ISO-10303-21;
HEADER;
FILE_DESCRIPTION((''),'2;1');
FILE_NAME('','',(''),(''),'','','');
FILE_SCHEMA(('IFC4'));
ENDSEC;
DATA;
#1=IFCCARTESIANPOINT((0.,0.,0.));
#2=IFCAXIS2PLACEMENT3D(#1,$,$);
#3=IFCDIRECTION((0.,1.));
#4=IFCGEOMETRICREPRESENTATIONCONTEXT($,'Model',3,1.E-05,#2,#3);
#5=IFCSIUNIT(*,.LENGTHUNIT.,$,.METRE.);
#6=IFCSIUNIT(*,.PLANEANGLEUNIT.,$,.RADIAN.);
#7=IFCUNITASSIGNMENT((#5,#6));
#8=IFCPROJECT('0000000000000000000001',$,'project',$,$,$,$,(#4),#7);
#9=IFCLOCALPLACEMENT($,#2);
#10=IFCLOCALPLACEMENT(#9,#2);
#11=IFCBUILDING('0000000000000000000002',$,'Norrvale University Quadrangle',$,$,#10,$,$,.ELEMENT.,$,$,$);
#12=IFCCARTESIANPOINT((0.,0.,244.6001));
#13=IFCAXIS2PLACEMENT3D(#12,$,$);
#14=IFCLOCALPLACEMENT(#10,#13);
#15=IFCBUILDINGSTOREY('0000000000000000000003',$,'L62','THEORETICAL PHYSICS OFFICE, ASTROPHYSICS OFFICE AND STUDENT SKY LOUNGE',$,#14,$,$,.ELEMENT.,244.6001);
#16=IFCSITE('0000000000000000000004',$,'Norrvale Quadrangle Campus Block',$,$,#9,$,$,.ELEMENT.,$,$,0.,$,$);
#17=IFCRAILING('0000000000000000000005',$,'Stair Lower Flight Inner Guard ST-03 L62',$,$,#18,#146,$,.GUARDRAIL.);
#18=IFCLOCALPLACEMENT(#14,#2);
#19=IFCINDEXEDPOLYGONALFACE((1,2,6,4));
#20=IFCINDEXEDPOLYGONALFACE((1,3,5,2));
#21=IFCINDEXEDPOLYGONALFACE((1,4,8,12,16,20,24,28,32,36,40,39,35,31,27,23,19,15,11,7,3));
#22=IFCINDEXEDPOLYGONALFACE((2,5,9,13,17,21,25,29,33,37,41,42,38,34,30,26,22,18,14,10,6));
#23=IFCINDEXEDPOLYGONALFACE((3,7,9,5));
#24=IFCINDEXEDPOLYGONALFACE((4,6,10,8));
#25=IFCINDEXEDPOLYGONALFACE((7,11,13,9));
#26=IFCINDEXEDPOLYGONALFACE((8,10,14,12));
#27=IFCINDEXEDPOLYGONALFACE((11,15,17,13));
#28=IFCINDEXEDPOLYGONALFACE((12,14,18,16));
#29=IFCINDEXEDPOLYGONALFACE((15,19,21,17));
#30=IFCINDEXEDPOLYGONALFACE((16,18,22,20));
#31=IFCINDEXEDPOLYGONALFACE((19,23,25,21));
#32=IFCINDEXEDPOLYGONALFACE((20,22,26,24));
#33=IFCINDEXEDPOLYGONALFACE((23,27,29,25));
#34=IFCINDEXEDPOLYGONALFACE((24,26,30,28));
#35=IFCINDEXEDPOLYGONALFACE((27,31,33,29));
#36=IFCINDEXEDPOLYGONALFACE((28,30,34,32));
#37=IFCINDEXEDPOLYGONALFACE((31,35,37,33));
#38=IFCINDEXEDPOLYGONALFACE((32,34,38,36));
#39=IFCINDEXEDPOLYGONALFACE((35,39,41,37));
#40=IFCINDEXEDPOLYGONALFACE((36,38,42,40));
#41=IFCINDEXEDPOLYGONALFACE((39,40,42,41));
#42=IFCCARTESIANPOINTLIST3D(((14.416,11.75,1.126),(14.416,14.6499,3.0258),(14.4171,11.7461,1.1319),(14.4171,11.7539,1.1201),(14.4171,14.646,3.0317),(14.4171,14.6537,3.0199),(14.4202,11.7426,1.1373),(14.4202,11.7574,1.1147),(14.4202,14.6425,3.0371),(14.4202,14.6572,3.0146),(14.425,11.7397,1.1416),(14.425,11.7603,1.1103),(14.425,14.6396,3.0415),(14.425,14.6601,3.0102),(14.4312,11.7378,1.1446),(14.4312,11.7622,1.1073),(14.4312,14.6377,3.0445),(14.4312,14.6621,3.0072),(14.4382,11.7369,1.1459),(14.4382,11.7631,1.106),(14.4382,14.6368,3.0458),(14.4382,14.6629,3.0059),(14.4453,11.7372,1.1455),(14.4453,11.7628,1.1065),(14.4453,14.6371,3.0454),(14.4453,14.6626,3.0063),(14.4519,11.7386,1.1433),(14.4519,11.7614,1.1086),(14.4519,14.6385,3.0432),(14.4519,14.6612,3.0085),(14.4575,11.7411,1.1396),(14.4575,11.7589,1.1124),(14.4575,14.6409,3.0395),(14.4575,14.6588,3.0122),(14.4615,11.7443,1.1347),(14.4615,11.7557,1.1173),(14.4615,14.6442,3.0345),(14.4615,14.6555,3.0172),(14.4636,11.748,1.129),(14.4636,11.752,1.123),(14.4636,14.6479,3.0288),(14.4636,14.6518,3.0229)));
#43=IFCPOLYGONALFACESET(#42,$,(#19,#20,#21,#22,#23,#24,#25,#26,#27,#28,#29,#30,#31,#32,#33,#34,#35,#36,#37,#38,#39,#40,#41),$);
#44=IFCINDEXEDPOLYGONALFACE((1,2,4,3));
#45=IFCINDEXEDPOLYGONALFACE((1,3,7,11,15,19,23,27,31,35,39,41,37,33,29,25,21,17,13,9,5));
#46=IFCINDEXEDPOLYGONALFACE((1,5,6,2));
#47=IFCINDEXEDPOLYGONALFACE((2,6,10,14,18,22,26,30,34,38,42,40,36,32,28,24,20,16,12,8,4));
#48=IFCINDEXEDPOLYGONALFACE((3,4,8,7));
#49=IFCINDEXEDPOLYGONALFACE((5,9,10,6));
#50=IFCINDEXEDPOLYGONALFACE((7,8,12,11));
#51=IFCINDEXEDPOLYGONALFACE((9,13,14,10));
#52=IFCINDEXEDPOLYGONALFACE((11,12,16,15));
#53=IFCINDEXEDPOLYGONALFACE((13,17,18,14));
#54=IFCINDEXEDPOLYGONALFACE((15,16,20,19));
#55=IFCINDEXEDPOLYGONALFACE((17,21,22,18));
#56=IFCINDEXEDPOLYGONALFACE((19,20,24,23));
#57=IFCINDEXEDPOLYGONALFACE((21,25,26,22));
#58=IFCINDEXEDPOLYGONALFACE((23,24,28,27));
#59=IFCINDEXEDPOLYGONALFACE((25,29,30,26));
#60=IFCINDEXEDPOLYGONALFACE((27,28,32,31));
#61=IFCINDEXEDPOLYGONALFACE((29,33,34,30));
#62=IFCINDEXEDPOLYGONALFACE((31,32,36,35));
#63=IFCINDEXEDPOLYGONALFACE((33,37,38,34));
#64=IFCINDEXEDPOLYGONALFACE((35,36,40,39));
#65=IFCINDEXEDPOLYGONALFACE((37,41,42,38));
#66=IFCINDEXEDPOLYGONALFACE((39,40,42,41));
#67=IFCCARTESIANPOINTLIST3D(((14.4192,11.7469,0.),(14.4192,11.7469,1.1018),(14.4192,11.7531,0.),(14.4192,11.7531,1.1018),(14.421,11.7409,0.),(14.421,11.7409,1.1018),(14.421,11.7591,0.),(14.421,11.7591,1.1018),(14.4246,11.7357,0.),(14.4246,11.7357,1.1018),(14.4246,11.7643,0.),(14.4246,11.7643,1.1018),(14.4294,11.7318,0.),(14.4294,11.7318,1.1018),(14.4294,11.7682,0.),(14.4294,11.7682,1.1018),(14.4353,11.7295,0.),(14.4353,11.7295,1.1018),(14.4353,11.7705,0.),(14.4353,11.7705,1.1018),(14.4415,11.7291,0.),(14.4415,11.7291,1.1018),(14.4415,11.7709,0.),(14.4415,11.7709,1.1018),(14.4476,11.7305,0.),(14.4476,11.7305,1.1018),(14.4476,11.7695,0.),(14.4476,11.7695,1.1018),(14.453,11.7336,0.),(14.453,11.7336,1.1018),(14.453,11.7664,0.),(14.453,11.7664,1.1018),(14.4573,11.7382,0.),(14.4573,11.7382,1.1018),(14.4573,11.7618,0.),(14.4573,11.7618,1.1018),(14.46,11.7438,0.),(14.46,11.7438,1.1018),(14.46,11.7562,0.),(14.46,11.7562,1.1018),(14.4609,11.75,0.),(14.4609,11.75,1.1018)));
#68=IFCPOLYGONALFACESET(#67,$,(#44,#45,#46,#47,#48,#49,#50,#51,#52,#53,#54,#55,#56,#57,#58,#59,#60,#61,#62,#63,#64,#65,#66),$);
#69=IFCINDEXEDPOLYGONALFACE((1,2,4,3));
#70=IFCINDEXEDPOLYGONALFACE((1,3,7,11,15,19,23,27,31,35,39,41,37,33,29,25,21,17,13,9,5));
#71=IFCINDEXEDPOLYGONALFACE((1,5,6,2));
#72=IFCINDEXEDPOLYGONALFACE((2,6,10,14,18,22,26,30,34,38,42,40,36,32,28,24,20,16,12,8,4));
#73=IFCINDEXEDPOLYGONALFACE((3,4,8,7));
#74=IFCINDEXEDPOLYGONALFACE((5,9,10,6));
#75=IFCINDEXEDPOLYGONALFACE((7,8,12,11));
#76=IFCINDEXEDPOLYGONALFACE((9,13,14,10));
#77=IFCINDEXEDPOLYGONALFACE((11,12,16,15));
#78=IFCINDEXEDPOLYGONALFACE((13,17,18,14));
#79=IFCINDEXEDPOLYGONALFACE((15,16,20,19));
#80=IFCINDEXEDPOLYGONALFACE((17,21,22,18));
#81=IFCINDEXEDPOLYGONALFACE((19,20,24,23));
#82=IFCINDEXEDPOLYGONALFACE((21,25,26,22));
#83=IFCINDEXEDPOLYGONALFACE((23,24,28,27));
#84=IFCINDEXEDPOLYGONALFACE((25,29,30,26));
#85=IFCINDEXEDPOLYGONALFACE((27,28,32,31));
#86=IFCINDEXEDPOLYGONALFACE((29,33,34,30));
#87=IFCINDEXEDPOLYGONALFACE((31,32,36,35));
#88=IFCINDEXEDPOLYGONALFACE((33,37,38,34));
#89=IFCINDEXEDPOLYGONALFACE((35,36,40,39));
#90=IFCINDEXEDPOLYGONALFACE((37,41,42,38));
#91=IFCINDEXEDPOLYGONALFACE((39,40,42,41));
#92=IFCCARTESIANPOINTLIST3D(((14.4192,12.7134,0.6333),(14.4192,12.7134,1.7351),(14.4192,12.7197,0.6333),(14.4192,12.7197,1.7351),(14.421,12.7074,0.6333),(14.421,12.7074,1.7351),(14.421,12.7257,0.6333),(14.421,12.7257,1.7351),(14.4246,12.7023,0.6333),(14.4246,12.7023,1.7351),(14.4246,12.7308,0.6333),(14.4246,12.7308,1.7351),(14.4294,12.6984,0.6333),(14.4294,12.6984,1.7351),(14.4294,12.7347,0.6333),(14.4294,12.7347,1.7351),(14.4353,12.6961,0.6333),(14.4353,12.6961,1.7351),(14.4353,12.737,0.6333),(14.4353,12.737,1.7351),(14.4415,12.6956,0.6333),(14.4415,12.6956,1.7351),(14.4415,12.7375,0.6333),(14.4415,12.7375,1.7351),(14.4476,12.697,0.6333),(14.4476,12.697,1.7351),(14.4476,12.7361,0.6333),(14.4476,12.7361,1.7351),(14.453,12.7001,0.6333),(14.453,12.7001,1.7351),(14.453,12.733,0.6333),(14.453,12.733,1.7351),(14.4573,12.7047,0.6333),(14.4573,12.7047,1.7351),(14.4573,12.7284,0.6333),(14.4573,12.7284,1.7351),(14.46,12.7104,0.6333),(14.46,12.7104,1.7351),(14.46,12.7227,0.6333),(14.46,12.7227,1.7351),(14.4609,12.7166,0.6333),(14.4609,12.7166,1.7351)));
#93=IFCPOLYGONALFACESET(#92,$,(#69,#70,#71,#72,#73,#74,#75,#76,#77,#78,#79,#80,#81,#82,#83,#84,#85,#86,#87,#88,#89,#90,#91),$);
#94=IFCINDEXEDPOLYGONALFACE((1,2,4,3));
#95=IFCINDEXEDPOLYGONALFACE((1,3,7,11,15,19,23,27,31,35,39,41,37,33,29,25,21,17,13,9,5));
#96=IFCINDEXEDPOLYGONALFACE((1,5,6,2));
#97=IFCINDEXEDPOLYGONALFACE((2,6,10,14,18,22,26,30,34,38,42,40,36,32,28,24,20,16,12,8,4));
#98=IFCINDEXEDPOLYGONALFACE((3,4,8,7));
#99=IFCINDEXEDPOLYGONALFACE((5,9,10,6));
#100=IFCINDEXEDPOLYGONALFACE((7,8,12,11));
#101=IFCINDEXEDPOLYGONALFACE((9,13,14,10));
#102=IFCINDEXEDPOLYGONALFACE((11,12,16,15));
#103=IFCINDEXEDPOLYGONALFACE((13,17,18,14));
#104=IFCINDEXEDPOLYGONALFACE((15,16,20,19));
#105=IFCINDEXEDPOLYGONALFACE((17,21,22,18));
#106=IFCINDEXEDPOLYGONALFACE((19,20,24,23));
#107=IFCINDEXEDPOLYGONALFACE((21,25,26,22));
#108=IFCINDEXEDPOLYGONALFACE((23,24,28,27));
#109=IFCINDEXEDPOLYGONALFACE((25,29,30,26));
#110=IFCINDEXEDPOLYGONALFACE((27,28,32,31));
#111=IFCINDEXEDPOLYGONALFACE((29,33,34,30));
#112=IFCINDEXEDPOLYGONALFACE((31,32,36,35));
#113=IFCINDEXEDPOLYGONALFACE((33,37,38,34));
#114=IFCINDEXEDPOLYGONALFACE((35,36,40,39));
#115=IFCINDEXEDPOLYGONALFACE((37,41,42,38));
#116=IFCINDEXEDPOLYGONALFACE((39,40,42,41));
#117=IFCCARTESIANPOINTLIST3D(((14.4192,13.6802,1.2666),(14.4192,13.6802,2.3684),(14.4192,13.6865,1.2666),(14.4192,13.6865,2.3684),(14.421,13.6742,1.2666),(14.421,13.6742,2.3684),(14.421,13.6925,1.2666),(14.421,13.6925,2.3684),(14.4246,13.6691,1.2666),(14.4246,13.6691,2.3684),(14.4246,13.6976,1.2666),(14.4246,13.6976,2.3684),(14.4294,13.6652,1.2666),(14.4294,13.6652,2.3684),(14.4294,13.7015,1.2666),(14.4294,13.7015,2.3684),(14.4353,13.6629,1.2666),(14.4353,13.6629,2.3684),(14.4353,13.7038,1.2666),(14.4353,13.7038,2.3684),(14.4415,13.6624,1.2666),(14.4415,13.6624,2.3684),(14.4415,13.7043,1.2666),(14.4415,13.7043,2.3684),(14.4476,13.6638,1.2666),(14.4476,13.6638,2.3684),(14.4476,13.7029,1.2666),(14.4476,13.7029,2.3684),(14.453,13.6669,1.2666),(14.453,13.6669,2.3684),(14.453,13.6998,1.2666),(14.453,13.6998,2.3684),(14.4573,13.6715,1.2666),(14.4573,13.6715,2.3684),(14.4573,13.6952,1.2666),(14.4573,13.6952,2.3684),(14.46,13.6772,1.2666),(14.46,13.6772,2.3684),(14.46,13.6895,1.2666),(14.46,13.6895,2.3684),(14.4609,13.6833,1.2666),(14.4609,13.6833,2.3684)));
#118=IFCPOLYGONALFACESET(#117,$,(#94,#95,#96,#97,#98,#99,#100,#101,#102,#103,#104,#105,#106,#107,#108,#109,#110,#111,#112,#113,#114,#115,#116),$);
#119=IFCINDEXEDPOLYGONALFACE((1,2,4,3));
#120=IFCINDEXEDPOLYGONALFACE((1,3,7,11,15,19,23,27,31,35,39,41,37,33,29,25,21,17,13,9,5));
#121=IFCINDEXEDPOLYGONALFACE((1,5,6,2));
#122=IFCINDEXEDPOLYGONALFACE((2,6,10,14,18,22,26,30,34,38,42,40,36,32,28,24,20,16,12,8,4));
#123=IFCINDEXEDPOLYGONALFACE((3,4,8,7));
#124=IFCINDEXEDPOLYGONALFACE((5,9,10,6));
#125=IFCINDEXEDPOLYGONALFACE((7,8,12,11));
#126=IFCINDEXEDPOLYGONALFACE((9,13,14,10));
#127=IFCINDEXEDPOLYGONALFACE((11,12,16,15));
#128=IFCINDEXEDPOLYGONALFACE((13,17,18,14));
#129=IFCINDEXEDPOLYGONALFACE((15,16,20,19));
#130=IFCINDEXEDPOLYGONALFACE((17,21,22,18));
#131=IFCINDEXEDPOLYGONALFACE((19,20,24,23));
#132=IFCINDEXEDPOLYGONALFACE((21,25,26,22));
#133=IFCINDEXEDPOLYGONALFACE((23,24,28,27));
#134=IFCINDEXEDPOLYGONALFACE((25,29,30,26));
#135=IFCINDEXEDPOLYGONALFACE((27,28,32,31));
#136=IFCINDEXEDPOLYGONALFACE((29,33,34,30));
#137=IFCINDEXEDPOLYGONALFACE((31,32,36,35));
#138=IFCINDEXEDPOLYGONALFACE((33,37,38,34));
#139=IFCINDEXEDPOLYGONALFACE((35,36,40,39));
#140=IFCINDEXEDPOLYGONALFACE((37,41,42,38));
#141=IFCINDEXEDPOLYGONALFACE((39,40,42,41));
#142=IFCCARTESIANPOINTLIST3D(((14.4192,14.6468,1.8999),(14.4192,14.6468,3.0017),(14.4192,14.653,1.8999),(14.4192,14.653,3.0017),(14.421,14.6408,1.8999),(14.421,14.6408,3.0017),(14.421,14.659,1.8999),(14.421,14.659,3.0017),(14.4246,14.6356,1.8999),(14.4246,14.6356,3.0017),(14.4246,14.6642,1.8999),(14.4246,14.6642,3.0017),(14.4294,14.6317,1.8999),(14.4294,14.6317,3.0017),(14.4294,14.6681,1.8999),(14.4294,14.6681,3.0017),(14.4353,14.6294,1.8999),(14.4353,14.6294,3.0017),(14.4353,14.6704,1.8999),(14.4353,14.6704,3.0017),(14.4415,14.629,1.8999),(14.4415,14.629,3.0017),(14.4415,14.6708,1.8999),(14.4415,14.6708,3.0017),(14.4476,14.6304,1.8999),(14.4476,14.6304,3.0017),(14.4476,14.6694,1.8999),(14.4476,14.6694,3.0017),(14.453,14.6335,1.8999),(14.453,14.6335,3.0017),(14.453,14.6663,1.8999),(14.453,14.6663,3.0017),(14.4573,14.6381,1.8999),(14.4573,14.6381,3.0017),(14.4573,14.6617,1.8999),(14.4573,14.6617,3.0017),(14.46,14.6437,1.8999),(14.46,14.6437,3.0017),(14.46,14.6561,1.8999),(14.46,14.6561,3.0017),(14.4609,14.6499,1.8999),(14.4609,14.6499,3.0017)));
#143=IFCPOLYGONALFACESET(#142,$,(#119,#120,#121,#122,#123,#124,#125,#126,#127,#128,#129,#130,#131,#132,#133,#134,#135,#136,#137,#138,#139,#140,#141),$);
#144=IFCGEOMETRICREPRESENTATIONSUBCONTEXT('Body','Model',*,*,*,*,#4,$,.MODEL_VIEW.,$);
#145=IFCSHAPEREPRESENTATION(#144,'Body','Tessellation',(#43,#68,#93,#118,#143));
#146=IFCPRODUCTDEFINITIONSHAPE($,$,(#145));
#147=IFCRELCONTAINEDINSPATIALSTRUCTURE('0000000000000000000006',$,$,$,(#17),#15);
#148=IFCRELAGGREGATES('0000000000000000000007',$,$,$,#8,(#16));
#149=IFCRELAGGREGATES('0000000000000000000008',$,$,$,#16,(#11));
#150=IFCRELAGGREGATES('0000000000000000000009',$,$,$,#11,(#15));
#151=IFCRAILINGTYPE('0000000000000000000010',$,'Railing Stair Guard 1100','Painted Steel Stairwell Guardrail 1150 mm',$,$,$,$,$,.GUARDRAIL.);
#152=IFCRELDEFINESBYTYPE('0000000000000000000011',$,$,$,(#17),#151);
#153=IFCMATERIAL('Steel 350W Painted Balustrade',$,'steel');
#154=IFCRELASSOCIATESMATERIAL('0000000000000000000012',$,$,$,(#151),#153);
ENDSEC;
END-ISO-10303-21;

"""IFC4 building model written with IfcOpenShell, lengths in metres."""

from ifc_helpers import new_model, si_unit, direction, frame, origin, origin_2d, place, context, subcontext, project, spatial, circle, extrude, material, type_object, element, save


model = new_model("IFC4")

# Units and contexts
model_context = context("Model", 3, precision=1e-05, world=origin(), true_north=direction((0.0, 1.0)))
body_context = subcontext(model_context, "Body", "Model", "MODEL_VIEW")
ifc_project = project(units=[si_unit("LENGTHUNIT", "METRE"), si_unit("PLANEANGLEUNIT", "RADIAN")], contexts=[model_context])

# Site, building, storey
site_placement = place(None, origin())
site = spatial("IfcSite", under=ifc_project, at=site_placement, Name="Norrvale Quadrangle Campus Block", CompositionType="ELEMENT", RefElevation=0.0)
building_placement = place(site_placement, origin())
building = spatial("IfcBuilding", under=site, at=building_placement, Name="Norrvale University Quadrangle", CompositionType="ELEMENT")
storey_placement = place(building_placement, frame((0.0, 0.0, 244.6001)))
storey = spatial("IfcBuildingStorey", under=building, at=storey_placement, Name="L62", Description="THEORETICAL PHYSICS OFFICE, ASTROPHYSICS OFFICE AND STUDENT SKY LOUNGE", CompositionType="ELEMENT", Elevation=244.6001)

# Railing
ifc_material_1 = material(Name="Steel 350W Painted Balustrade", Category="steel")
railing_type_1 = type_object("IfcRailingType", Name="Railing Stair Guard 1100", Description="Painted Steel Stairwell Guardrail 1150 mm", PredefinedType="GUARDRAIL", material=ifc_material_1)
railing_1_placement = place(storey_placement, frame((14.4399, 11.75, 0.0)))
element("IfcRailing", 1, at=railing_1_placement, inside=storey, type_object=railing_type_1, Name="Stair Lower Flight Inner Guard ST-03 L62", PredefinedType="GUARDRAIL", context=body_context, shape_type="SweptSolid", body=[
    extrude(circle(Radius=0.0239, at=origin_2d()), frame((0.0, 0.0, 1.126), z_axis=(0.0, 0.836466, 0.548019), x_axis=(-1.0, 0.0, 0.0)), (0.0, 0.0, 1.0), 3.4668),
    extrude(circle(Radius=0.021, at=origin_2d()), origin(), (0.0, 0.0, 1.0), 1.1018),
    extrude(circle(Radius=0.021, at=origin_2d()), frame((0.0, 0.9666, 0.6333)), (0.0, 0.0, 1.0), 1.1018),
    extrude(circle(Radius=0.021, at=origin_2d()), frame((0.0, 1.9333, 1.2666)), (0.0, 0.0, 1.0), 1.1018),
    extrude(circle(Radius=0.021, at=origin_2d()), frame((0.0, 2.8999, 1.8999)), (0.0, 0.0, 1.0), 1.1018),
])

save(model, "model.ifc")
